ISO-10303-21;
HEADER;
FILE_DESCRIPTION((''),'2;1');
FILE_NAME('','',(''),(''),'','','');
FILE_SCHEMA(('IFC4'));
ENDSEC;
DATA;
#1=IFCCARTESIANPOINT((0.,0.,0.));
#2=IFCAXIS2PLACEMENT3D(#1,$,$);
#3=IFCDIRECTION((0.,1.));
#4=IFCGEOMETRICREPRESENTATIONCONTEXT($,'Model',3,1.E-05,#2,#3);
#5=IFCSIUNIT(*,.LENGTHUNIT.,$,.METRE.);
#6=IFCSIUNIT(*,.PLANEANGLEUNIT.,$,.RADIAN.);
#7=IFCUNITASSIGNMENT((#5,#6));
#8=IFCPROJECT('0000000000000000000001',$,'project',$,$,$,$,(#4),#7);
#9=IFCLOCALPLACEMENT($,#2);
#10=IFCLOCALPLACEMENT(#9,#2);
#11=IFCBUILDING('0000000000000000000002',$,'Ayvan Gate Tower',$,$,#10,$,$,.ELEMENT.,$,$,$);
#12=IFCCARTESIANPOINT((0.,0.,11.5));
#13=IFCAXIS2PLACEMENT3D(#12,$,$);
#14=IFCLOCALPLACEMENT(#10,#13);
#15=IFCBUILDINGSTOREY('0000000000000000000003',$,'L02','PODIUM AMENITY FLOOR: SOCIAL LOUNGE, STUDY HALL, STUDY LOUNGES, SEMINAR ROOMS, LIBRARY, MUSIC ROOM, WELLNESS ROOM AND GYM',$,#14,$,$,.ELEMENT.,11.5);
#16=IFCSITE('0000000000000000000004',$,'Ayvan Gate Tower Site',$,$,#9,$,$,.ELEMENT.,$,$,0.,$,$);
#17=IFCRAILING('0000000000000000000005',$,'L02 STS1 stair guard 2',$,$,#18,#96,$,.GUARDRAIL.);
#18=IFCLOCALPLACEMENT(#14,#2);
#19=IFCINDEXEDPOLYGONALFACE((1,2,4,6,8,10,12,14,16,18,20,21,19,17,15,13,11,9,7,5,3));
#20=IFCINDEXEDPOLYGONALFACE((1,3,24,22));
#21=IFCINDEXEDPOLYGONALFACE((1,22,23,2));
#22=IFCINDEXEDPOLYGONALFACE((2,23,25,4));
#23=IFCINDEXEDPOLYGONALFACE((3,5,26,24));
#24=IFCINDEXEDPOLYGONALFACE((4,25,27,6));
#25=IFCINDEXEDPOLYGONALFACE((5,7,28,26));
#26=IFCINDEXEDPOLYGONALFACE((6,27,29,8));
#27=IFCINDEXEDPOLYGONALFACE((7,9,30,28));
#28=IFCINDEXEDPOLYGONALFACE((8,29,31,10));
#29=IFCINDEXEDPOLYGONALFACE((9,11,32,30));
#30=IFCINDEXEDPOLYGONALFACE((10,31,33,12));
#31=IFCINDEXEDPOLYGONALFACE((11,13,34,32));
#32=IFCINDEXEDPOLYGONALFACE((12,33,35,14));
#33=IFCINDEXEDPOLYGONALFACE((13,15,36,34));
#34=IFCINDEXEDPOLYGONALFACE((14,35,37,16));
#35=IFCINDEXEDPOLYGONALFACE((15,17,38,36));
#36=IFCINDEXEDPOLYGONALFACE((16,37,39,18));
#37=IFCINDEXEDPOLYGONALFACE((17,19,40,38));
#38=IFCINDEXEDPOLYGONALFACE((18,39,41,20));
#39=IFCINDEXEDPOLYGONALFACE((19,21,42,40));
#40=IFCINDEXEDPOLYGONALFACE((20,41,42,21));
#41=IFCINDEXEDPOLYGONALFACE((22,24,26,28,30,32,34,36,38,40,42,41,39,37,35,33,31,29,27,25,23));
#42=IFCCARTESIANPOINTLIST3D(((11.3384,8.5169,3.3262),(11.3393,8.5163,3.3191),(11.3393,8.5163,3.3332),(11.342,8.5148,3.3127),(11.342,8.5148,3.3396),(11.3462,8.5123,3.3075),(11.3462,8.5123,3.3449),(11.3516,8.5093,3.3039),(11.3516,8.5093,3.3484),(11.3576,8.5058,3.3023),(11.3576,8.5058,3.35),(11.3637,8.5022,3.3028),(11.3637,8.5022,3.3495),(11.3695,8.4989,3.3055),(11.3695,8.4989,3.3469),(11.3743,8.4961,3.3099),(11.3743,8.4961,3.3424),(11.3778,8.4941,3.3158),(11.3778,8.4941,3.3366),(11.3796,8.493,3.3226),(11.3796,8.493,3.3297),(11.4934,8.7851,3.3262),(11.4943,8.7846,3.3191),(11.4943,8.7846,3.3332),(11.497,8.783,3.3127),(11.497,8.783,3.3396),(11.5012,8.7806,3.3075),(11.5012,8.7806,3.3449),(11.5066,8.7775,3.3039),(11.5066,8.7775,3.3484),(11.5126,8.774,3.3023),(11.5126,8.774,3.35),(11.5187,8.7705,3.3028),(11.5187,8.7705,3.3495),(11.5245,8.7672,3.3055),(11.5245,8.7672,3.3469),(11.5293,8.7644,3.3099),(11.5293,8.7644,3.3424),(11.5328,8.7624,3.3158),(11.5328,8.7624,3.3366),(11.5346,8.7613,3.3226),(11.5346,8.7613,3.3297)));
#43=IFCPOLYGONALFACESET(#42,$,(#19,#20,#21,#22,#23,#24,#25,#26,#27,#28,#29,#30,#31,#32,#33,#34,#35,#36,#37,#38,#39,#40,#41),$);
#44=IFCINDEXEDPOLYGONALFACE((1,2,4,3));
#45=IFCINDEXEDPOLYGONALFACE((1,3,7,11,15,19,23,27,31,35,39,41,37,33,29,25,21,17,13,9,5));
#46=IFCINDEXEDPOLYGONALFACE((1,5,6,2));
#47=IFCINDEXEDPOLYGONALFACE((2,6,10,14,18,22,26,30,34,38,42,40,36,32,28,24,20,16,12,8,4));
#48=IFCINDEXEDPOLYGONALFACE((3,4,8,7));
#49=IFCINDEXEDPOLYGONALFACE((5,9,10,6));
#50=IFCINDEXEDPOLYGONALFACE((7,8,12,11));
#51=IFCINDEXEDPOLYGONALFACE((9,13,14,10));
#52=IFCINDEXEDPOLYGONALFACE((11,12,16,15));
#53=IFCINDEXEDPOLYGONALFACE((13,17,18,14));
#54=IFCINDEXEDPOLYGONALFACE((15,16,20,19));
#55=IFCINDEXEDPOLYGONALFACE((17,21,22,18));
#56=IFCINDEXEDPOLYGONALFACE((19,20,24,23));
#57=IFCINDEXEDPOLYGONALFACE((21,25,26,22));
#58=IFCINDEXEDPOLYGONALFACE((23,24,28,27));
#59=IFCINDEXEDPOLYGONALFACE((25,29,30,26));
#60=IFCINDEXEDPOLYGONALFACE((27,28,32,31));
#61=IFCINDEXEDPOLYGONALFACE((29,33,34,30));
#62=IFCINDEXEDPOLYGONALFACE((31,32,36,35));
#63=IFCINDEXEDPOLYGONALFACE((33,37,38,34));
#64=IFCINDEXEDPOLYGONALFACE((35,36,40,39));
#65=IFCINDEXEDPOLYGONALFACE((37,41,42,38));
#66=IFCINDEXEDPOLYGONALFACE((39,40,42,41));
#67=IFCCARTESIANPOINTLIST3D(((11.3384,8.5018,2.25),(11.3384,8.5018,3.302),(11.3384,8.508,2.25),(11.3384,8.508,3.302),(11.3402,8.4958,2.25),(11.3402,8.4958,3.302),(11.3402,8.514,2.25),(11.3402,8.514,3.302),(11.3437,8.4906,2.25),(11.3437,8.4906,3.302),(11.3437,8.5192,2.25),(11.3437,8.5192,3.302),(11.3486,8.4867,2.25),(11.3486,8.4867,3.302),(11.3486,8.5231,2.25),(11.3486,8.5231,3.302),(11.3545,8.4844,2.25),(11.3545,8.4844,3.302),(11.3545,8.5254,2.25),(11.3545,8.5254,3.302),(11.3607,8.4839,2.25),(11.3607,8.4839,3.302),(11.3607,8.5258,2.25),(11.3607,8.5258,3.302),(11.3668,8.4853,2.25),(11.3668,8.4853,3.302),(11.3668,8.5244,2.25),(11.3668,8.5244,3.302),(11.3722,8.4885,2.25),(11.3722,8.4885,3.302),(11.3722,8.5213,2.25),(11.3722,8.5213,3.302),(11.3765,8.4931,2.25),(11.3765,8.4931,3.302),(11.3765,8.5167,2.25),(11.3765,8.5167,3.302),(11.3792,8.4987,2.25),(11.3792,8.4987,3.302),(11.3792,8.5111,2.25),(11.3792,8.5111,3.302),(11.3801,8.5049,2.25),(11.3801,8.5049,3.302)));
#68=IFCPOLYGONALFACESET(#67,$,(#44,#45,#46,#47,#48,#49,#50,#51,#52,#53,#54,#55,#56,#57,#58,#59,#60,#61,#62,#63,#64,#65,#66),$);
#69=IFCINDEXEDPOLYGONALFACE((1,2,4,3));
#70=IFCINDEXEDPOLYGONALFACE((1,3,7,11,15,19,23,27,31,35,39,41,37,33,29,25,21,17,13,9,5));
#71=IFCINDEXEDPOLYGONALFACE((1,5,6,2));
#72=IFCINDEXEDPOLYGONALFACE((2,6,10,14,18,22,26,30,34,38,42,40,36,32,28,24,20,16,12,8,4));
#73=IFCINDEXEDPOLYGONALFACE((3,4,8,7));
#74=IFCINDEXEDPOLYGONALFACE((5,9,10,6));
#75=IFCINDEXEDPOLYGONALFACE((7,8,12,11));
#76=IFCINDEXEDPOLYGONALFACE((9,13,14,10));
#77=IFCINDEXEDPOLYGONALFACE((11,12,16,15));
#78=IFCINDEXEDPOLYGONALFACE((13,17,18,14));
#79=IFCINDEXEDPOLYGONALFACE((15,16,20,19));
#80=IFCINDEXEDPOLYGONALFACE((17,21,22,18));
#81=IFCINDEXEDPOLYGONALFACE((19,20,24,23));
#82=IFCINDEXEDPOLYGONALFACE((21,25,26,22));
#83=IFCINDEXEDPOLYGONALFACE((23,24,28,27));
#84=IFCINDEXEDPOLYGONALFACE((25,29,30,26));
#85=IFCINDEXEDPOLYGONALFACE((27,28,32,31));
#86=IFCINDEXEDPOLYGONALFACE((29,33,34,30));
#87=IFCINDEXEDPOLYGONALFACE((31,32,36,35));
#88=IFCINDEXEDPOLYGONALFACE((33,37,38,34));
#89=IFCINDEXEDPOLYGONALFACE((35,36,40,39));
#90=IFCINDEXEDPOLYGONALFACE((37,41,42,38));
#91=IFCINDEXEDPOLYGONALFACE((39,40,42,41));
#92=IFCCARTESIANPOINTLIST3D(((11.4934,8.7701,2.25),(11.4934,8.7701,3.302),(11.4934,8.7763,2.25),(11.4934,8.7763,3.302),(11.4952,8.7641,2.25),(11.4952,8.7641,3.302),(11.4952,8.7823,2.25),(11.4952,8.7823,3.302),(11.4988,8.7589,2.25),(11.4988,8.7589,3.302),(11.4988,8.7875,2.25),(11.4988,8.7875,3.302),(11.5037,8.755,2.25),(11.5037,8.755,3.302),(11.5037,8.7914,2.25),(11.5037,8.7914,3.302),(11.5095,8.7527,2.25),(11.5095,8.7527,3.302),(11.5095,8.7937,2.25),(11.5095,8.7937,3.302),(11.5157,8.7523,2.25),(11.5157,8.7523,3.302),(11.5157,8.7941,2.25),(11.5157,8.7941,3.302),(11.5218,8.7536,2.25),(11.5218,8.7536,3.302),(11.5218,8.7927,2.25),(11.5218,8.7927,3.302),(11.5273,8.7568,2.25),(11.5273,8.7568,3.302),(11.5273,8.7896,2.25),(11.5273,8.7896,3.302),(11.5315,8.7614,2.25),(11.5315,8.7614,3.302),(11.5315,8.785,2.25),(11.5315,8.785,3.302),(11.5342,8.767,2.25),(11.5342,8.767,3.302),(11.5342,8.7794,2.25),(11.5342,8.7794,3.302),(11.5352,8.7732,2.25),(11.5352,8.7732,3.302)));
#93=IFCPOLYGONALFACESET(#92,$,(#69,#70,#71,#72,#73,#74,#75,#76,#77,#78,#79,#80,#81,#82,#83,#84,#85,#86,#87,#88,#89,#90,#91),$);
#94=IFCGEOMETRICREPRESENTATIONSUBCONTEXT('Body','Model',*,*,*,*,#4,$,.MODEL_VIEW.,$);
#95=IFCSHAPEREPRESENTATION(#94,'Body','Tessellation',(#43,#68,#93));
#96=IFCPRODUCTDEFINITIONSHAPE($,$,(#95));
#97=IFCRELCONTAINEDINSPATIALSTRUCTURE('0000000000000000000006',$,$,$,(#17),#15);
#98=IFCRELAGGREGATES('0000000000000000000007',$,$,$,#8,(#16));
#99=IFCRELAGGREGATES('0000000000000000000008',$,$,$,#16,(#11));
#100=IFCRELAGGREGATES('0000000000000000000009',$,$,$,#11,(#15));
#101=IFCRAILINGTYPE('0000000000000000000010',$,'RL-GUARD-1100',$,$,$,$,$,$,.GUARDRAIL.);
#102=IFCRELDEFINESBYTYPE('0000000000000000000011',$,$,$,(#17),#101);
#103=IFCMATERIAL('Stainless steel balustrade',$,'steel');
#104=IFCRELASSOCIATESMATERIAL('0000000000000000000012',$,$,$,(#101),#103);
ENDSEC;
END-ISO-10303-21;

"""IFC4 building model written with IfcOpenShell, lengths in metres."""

from ifc_helpers import new_model, si_unit, direction, frame, origin, origin_2d, place, context, subcontext, project, spatial, circle, extrude, material, type_object, element, save


model = new_model("IFC4")

# Units and contexts
model_context = context("Model", 3, precision=1e-05, world=origin(), true_north=direction((0.0, 1.0)))
body_context = subcontext(model_context, "Body", "Model", "MODEL_VIEW")
ifc_project = project(units=[si_unit("LENGTHUNIT", "METRE"), si_unit("PLANEANGLEUNIT", "RADIAN")], contexts=[model_context])

# Site, building, storey
site_placement = place(None, origin())
site = spatial("IfcSite", under=ifc_project, at=site_placement, Name="Ayvan Gate Tower Site", CompositionType="ELEMENT", RefElevation=0.0)
building_placement = place(site_placement, origin())
building = spatial("IfcBuilding", under=site, at=building_placement, Name="Ayvan Gate Tower", CompositionType="ELEMENT")
storey_placement = place(building_placement, frame((0.0, 0.0, 11.5)))
storey = spatial("IfcBuildingStorey", under=building, at=storey_placement, Name="L02", Description="PODIUM AMENITY FLOOR: SOCIAL LOUNGE, STUDY HALL, STUDY LOUNGES, SEMINAR ROOMS, LIBRARY, MUSIC ROOM, WELLNESS ROOM AND GYM", CompositionType="ELEMENT", Elevation=11.5)

# Railing
ifc_material_1 = material(Name="Stainless steel balustrade", Category="steel")
railing_type_1 = type_object("IfcRailingType", Name="RL-GUARD-1100", PredefinedType="GUARDRAIL", material=ifc_material_1)
railing_1_placement = place(storey_placement, frame((11.3591, 8.5049, 2.25)))
element("IfcRailing", 1, at=railing_1_placement, inside=storey, type_object=railing_type_1, Name="L02 STS1 stair guard 2", PredefinedType="GUARDRAIL", context=body_context, shape_type="SweptSolid", body=[
    extrude(circle(Radius=0.0239, at=origin_2d()), frame((0.0, 0.0, 1.0762), z_axis=(0.500291, 0.865857, 0.0), x_axis=(-0.865857, 0.500291, 0.0)), (0.0, 0.0, 1.0), 0.3098),
    extrude(circle(Radius=0.021, at=origin_2d()), origin(), (0.0, 0.0, 1.0), 1.052),
    extrude(circle(Radius=0.021, at=origin_2d()), frame((0.155, 0.2683, 0.0)), (0.0, 0.0, 1.0), 1.052),
])

save(model, "model.ifc")
